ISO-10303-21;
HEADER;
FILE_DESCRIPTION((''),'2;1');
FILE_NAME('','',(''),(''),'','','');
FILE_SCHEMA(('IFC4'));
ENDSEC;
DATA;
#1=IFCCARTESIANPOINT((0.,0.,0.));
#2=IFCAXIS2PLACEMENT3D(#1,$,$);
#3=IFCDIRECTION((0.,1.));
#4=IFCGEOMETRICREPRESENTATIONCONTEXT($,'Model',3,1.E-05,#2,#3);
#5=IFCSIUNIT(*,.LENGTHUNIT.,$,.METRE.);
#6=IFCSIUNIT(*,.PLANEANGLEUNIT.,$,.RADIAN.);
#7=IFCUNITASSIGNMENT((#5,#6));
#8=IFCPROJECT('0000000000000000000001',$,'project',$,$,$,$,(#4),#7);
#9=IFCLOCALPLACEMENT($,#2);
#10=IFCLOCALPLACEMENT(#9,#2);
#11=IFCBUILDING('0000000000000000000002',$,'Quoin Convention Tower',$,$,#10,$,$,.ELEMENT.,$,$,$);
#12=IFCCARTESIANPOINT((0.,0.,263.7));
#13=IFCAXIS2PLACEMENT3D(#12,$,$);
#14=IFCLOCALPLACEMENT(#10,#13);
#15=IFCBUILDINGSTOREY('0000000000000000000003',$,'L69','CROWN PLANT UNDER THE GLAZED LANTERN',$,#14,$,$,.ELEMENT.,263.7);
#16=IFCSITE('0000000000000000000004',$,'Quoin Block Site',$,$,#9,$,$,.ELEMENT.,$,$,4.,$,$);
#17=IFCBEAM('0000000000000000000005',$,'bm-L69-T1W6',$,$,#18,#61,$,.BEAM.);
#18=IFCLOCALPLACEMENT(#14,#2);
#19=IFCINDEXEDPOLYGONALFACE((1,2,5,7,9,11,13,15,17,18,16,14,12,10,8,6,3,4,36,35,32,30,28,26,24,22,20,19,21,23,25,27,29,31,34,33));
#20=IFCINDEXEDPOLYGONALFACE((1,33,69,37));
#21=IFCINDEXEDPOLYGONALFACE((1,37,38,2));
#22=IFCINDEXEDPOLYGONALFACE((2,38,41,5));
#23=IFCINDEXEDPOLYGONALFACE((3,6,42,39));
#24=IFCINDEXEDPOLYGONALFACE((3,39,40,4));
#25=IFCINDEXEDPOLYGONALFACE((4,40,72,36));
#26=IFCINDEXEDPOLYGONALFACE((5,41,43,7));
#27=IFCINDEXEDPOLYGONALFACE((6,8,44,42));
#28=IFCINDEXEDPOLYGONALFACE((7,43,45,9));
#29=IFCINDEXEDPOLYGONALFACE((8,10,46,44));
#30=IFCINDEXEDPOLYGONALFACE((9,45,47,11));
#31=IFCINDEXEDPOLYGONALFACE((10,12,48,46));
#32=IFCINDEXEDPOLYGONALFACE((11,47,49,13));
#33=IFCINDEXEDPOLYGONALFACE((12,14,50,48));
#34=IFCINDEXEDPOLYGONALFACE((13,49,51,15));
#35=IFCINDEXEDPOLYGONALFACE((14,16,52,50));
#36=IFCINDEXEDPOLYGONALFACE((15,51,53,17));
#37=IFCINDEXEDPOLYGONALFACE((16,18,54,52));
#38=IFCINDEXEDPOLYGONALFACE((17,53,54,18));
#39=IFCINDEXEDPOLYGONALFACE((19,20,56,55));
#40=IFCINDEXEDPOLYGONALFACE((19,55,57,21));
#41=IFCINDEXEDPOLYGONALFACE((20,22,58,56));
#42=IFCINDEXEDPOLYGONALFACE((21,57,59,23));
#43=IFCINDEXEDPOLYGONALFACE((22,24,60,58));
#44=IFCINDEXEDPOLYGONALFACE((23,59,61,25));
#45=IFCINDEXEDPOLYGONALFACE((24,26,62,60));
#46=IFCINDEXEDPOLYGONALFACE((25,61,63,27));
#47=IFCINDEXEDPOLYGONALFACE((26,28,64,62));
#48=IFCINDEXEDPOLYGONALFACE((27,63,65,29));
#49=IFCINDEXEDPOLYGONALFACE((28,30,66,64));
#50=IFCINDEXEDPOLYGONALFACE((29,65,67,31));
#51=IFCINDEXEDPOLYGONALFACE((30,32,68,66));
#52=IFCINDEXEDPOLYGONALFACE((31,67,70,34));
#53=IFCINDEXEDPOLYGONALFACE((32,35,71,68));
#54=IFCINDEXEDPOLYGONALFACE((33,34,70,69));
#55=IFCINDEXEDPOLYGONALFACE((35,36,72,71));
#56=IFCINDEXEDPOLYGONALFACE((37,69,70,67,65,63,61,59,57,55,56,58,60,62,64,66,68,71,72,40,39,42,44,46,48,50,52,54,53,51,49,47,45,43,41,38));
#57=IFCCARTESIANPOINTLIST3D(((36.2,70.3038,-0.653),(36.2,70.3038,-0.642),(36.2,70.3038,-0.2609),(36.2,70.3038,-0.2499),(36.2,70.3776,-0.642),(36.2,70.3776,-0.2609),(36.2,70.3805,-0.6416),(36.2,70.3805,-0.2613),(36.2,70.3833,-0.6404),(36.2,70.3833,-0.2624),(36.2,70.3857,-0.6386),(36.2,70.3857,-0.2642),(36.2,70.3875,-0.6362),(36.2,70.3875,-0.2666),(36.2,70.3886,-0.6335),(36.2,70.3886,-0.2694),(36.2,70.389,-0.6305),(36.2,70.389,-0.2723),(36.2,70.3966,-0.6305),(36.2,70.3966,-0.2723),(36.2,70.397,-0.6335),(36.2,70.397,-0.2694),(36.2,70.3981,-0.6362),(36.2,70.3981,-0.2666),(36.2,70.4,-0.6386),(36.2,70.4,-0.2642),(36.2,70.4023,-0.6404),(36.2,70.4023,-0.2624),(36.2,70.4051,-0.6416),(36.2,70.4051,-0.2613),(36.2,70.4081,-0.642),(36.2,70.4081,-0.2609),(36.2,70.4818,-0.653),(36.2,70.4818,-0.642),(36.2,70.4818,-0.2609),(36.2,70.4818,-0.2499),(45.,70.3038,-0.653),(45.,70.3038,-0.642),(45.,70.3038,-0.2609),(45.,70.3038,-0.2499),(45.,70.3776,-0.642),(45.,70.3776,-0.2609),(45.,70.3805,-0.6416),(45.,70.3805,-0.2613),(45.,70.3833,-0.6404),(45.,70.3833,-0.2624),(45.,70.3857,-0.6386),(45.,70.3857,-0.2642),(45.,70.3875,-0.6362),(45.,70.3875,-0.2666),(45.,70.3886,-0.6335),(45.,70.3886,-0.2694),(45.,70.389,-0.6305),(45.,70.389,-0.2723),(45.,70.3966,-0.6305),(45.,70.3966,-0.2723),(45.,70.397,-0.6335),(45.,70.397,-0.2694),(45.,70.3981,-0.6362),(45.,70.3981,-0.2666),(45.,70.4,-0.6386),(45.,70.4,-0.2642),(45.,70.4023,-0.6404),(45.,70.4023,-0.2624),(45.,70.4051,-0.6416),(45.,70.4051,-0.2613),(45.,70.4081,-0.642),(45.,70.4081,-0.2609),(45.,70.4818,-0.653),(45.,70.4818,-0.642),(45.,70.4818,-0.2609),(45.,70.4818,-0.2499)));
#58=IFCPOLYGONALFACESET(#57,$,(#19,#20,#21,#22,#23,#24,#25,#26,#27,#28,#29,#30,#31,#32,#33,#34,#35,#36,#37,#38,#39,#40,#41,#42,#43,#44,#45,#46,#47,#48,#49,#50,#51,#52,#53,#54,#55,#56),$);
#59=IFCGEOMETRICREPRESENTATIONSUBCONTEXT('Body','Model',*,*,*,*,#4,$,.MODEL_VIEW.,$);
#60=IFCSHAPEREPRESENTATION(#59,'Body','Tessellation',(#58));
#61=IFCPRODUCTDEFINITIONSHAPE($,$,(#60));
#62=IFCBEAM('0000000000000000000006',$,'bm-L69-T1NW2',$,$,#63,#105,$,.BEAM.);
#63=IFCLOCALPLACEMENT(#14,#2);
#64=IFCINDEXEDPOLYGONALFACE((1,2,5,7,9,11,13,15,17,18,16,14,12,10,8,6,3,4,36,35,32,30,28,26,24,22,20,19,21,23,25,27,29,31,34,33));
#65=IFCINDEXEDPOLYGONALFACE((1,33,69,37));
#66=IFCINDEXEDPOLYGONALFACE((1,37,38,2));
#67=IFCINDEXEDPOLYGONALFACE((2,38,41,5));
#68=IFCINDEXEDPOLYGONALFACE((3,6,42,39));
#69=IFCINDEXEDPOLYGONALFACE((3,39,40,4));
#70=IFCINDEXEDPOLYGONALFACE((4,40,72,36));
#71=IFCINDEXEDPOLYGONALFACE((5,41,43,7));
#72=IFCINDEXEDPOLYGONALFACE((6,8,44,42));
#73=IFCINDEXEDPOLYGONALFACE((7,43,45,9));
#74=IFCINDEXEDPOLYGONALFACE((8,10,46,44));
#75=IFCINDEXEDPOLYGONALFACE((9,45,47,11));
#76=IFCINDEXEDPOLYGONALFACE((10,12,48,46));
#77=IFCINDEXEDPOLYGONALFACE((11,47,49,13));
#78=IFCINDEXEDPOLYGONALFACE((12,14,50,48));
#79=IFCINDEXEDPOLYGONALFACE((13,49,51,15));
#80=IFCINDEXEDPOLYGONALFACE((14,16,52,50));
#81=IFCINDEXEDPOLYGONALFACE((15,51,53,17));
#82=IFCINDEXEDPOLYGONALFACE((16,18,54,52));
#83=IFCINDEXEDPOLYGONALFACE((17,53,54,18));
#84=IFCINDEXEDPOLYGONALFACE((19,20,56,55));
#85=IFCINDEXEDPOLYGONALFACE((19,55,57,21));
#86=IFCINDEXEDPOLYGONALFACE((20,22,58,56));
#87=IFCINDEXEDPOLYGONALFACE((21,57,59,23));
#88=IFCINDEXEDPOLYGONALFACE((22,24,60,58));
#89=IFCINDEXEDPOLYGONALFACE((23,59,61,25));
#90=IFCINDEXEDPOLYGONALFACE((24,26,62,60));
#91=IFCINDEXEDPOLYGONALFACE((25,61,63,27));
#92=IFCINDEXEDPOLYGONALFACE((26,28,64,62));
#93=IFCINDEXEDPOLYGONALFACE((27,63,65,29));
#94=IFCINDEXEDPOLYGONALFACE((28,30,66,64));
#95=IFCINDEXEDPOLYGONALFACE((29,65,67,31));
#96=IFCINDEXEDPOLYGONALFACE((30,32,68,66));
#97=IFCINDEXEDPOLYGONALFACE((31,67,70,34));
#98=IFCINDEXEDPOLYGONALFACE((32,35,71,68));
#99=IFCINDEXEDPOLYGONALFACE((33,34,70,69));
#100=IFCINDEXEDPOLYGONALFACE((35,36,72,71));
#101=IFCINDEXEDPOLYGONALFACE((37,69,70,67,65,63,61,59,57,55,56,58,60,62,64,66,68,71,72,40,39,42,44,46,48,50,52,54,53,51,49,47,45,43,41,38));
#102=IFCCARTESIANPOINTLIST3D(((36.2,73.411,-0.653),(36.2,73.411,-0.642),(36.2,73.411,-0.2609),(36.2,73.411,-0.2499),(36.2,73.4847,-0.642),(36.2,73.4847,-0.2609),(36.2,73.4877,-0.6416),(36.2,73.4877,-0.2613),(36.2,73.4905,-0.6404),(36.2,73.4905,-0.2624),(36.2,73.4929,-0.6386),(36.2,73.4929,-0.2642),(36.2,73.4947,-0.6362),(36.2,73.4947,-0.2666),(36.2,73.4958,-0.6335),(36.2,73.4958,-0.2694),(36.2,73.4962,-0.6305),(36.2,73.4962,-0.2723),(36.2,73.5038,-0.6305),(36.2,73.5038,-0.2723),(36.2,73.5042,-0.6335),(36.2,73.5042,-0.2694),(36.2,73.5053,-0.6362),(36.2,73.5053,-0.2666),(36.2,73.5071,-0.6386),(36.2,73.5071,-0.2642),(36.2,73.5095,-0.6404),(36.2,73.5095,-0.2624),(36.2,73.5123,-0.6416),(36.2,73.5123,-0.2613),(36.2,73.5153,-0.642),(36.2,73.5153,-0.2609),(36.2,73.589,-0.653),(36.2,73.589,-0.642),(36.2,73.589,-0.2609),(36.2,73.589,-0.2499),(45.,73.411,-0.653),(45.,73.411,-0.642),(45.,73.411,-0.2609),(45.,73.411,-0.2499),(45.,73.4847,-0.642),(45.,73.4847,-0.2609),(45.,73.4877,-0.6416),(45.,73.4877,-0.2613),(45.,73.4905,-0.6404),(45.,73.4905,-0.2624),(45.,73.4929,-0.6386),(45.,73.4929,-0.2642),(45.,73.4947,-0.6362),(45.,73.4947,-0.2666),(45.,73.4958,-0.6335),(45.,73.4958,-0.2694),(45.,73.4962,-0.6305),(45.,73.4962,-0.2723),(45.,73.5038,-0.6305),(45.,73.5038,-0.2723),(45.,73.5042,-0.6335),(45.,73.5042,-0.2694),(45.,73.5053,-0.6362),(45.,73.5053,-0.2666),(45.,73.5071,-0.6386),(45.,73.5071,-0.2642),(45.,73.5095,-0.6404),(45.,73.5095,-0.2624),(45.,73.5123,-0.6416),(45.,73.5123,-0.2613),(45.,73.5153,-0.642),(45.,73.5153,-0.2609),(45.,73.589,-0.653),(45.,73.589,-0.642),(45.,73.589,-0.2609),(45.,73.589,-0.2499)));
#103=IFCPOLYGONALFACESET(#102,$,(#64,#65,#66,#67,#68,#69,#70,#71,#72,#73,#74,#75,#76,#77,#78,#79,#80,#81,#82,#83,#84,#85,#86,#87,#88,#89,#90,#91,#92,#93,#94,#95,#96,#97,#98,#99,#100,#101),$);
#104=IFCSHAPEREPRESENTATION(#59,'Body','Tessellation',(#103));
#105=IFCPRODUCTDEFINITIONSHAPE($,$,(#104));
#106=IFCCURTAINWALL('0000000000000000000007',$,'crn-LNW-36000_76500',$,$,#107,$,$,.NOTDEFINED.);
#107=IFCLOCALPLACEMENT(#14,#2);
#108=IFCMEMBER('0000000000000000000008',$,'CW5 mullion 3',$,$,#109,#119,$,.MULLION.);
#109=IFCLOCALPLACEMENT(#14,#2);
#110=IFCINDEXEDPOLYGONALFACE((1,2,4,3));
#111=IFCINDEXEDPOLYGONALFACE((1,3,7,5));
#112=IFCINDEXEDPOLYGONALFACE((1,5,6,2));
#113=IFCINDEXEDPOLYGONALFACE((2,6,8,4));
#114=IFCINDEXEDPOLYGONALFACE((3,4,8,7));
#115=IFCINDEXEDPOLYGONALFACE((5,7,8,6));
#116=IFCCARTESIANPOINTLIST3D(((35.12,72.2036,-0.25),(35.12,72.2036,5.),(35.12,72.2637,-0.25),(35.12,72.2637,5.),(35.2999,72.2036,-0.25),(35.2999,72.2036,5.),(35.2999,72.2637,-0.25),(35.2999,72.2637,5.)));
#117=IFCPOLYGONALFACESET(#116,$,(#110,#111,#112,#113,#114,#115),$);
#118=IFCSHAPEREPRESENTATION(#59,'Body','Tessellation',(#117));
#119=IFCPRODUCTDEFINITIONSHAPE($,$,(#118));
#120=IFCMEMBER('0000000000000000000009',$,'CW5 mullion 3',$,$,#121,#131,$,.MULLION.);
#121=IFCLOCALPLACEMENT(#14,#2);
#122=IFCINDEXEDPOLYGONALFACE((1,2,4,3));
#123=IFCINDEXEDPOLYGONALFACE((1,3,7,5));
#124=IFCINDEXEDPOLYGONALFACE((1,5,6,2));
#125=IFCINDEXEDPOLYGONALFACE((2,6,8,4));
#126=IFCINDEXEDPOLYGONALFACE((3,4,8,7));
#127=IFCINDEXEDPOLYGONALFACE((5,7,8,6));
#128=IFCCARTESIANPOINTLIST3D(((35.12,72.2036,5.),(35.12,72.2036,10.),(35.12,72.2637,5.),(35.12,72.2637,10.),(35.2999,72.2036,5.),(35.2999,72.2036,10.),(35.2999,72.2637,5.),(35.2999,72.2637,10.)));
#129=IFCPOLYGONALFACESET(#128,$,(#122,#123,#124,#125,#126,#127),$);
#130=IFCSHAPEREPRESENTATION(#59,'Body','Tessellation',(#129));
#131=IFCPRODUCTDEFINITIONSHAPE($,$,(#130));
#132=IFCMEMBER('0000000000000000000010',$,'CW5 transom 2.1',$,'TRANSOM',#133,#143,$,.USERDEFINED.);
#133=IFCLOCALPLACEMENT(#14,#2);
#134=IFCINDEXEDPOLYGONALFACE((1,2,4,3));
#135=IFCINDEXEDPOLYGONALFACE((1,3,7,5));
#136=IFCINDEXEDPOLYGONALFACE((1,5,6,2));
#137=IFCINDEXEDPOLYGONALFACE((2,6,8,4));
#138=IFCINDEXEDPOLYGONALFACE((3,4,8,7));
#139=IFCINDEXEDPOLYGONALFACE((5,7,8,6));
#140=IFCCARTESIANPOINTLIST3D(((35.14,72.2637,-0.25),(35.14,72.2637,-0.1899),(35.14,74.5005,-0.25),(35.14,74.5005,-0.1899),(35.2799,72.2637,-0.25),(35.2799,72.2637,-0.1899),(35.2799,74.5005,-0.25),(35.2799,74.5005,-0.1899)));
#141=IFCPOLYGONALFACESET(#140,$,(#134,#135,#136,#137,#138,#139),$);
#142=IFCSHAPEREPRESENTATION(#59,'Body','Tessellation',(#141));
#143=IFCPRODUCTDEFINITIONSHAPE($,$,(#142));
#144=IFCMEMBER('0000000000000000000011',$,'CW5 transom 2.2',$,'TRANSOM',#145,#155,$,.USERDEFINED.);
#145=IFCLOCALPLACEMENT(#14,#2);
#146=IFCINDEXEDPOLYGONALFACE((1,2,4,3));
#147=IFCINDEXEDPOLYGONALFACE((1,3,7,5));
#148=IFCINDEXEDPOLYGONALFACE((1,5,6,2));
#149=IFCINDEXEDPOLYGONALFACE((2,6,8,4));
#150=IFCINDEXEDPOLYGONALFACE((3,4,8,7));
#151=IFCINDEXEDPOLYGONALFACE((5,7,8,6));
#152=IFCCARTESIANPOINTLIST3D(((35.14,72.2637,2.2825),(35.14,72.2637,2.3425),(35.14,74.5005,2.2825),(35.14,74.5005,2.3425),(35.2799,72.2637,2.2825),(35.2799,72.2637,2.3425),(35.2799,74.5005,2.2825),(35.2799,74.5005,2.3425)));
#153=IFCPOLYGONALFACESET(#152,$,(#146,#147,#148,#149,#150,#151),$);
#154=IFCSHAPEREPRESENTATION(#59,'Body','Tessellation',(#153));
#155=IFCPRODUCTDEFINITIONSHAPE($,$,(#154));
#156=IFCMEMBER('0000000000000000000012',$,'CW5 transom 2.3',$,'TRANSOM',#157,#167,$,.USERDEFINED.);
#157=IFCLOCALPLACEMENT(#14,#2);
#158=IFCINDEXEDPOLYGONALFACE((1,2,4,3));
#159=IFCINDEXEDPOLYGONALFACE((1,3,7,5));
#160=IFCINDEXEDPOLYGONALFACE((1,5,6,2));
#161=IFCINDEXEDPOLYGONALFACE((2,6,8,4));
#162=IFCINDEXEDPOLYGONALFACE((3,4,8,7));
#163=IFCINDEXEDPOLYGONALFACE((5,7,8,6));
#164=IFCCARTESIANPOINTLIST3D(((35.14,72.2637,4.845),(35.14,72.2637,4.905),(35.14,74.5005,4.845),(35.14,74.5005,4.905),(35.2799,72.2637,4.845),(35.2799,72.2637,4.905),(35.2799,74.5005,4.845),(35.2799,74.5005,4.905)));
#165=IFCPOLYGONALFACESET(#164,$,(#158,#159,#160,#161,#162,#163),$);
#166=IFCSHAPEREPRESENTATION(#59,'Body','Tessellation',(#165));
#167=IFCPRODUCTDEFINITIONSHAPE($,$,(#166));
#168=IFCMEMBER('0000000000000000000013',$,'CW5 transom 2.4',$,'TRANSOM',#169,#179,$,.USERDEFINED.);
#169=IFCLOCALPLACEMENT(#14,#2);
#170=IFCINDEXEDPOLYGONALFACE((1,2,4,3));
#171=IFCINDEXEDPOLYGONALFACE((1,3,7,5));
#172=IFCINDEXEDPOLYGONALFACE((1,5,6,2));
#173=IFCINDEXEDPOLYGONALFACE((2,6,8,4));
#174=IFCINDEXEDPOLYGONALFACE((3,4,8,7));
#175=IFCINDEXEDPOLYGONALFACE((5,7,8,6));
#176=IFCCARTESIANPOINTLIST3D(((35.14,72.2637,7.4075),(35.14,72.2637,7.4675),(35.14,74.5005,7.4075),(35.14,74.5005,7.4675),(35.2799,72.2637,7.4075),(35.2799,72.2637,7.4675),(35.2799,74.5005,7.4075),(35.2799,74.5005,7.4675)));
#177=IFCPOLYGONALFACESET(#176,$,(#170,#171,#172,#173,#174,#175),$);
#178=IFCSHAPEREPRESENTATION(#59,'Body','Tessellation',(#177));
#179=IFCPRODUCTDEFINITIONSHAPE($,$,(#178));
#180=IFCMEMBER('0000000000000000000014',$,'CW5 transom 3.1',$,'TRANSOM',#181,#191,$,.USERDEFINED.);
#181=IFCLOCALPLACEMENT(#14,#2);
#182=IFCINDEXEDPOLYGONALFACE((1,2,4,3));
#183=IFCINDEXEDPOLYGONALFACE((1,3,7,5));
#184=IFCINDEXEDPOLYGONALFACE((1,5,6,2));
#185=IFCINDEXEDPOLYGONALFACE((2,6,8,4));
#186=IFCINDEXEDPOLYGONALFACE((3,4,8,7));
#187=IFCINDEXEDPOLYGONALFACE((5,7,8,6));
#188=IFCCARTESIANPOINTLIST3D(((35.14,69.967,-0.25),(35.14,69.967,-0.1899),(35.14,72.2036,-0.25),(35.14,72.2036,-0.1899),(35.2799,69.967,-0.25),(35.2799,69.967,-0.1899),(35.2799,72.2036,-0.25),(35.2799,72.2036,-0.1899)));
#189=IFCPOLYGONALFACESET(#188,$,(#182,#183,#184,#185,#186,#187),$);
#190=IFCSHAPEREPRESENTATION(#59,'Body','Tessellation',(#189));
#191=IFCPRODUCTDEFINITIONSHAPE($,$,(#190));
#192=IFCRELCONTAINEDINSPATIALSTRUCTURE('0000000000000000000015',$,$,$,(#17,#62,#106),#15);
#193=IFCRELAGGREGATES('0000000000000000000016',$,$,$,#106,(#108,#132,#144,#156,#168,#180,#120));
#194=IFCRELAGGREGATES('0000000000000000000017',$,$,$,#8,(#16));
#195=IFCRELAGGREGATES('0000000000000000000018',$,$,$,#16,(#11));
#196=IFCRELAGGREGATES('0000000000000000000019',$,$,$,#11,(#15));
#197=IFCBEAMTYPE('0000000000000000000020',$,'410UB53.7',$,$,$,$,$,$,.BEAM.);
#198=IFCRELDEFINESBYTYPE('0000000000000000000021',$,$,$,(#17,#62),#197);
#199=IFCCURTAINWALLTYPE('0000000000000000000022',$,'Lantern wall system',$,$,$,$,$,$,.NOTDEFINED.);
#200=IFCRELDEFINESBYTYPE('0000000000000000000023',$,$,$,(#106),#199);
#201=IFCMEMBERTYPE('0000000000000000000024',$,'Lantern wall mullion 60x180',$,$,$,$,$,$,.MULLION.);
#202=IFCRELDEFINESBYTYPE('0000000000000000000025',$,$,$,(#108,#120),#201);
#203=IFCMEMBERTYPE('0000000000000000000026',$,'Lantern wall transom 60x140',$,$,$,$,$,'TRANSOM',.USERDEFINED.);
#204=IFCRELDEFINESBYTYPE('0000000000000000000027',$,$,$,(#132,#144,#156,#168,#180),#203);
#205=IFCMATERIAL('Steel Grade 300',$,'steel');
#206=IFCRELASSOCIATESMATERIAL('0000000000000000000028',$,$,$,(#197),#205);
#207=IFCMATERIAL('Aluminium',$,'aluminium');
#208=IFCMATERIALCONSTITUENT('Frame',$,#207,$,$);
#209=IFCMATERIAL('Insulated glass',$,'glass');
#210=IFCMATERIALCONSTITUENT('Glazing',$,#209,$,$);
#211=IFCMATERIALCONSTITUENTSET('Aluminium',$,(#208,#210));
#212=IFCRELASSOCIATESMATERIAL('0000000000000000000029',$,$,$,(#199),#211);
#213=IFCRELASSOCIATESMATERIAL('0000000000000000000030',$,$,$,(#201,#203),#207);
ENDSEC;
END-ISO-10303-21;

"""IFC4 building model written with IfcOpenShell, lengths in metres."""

from ifc_helpers import new_model, si_unit, direction, frame, origin, origin_2d, place, context, subcontext, project, spatial, rectangle, i_section, extrude, material, constituent, constituent_set, material_profile, profile_set, type_object, element, aggregate, save


model = new_model("IFC4")

# Units and contexts
model_context = context("Model", 3, precision=1e-05, world=origin(), true_north=direction((0.0, 1.0)))
body_context = subcontext(model_context, "Body", "Model", "MODEL_VIEW")
ifc_project = project(units=[si_unit("LENGTHUNIT", "METRE"), si_unit("PLANEANGLEUNIT", "RADIAN")], contexts=[model_context])

# Site, building, storey
site_placement = place(None, origin())
site = spatial("IfcSite", under=ifc_project, at=site_placement, Name="Quoin Block Site", CompositionType="ELEMENT", RefElevation=4.0)
building_placement = place(site_placement, origin())
building = spatial("IfcBuilding", under=site, at=building_placement, Name="Quoin Convention Tower", CompositionType="ELEMENT")
storey_placement = place(building_placement, frame((0.0, 0.0, 263.7)))
storey = spatial("IfcBuildingStorey", under=building, at=storey_placement, Name="L69", Description="CROWN PLANT UNDER THE GLAZED LANTERN", CompositionType="ELEMENT", Elevation=263.7)

# Beams
ifc_material_1 = material(Name="Steel Grade 300", Category="steel")
ifc_material_profile_1 = material_profile(ifc_material_1, i_section(OverallWidth=0.178, OverallDepth=0.4031, WebThickness=0.0076, FlangeThickness=0.011, FilletRadius=0.0115, at=origin_2d()), Name="410UB53.7")
ifc_profile_set_1 = profile_set([ifc_material_profile_1], Name="Steel Grade 300")
beam_type_1 = type_object("IfcBeamType", Name="410UB53.7", PredefinedType="BEAM", material=ifc_profile_set_1)
for number, where, z_axis, x_axis, name in (
    (1, (36.2, 70.3928, -0.4514), (1.0, 0.0, 0.0), (0.0, 1.0, 0.0), "bm-L69-T1W6"),
    (2, (36.2, 73.5, -0.4514), (1.0, 0.0, 0.0), (0.0, 1.0, 0.0), "bm-L69-T1NW2"),
):
    element("IfcBeam", number, at=place(storey_placement, frame(where, z_axis=z_axis, x_axis=x_axis)), inside=storey, type_object=beam_type_1, Name=name, PredefinedType="BEAM", context=body_context, shape_type="SweptSolid", body=[
        extrude(i_section(OverallWidth=0.178, OverallDepth=0.4031, WebThickness=0.0076, FlangeThickness=0.011, FilletRadius=0.0115, at=origin_2d()), origin(), (0.0, 0.0, 1.0), 8.8),
    ])

# Curtain wall, members
ifc_material_2 = material(Name="Aluminium", Category="aluminium")
ifc_constituent_1 = constituent(ifc_material_2, Name="Frame")
ifc_material_3 = material(Name="Insulated glass", Category="glass")
ifc_constituent_2 = constituent(ifc_material_3, Name="Glazing")
ifc_constituent_set = constituent_set(constituents=[ifc_constituent_1, ifc_constituent_2], Name="Aluminium")
curtain_wall_type = type_object("IfcCurtainWallType", Name="Lantern wall system", PredefinedType="NOTDEFINED", material=ifc_constituent_set)
curtain_wall_placement = place(storey_placement, origin())
curtain_wall = element("IfcCurtainWall", 3, at=curtain_wall_placement, inside=storey, type_object=curtain_wall_type, Name="crn-LNW-36000_76500", PredefinedType="NOTDEFINED")
ifc_material_profile_2 = material_profile(ifc_material_2, rectangle(XDim=0.1799, YDim=0.0601, at=origin_2d()), Name="Lantern wall mullion 60x180")
ifc_profile_set_2 = profile_set([ifc_material_profile_2], Name="Aluminium")
member_type_1 = type_object("IfcMemberType", Name="Lantern wall mullion 60x180", PredefinedType="MULLION", material=ifc_profile_set_2)
member_1_placement = place(storey_placement, frame((35.21, 72.2336, -0.25), z_axis=(0.0, 0.0, 1.0), x_axis=(1.0, 0.0, 0.0)))
member_1 = element("IfcMember", 4, at=member_1_placement, type_object=member_type_1, Name="CW5 mullion 3", PredefinedType="MULLION", context=body_context, shape_type="SweptSolid", body=[
    extrude(rectangle(XDim=0.1799, YDim=0.0601, at=origin_2d()), origin(), (0.0, 0.0, 1.0), 5.25),
])
member_2_placement = place(storey_placement, frame((35.21, 72.2336, 5.0), z_axis=(0.0, 0.0, 1.0), x_axis=(1.0, 0.0, 0.0)))
member_2 = element("IfcMember", 5, at=member_2_placement, type_object=member_type_1, Name="CW5 mullion 3", PredefinedType="MULLION", context=body_context, shape_type="SweptSolid", body=[
    extrude(rectangle(XDim=0.1799, YDim=0.0601, at=origin_2d()), origin(), (0.0, 0.0, 1.0), 5.0),
])
ifc_material_profile_3 = material_profile(ifc_material_2, rectangle(XDim=0.1399, YDim=0.0601, at=origin_2d()), Name="Lantern wall transom 60x140")
ifc_profile_set_3 = profile_set([ifc_material_profile_3], Name="Aluminium")
member_type_2 = type_object("IfcMemberType", Name="Lantern wall transom 60x140", ElementType="TRANSOM", PredefinedType="USERDEFINED", material=ifc_profile_set_3)
member_3_placement = place(storey_placement, frame((35.21, 74.5005, -0.22), z_axis=(0.0, -1.0, 0.0), x_axis=(1.0, 0.0, 0.0)))
member_3 = element("IfcMember", 6, at=member_3_placement, type_object=member_type_2, Name="CW5 transom 2.1", ObjectType="TRANSOM", PredefinedType="USERDEFINED", context=body_context, shape_type="SweptSolid", body=[
    extrude(rectangle(XDim=0.1399, YDim=0.0601, at=origin_2d()), origin(), (0.0, 0.0, 1.0), 2.2368),
])
member_4_placement = place(storey_placement, frame((35.21, 74.5005, 2.3125), z_axis=(0.0, -1.0, 0.0), x_axis=(1.0, 0.0, 0.0)))
member_4 = element("IfcMember", 7, at=member_4_placement, type_object=member_type_2, Name="CW5 transom 2.2", ObjectType="TRANSOM", PredefinedType="USERDEFINED", context=body_context, shape_type="SweptSolid", body=[
    extrude(rectangle(XDim=0.1399, YDim=0.0601, at=origin_2d()), origin(), (0.0, 0.0, 1.0), 2.2368),
])
member_5_placement = place(storey_placement, frame((35.21, 74.5005, 4.875), z_axis=(0.0, -1.0, 0.0), x_axis=(1.0, 0.0, 0.0)))
member_5 = element("IfcMember", 8, at=member_5_placement, type_object=member_type_2, Name="CW5 transom 2.3", ObjectType="TRANSOM", PredefinedType="USERDEFINED", context=body_context, shape_type="SweptSolid", body=[
    extrude(rectangle(XDim=0.1399, YDim=0.0601, at=origin_2d()), origin(), (0.0, 0.0, 1.0), 2.2368),
])
member_6_placement = place(storey_placement, frame((35.21, 74.5005, 7.4375), z_axis=(0.0, -1.0, 0.0), x_axis=(1.0, 0.0, 0.0)))
member_6 = element("IfcMember", 9, at=member_6_placement, type_object=member_type_2, Name="CW5 transom 2.4", ObjectType="TRANSOM", PredefinedType="USERDEFINED", context=body_context, shape_type="SweptSolid", body=[
    extrude(rectangle(XDim=0.1399, YDim=0.0601, at=origin_2d()), origin(), (0.0, 0.0, 1.0), 2.2368),
])
member_7_placement = place(storey_placement, frame((35.21, 72.2036, -0.22), z_axis=(0.0, -1.0, 0.0), x_axis=(1.0, 0.0, 0.0)))
member_7 = element("IfcMember", 10, at=member_7_placement, type_object=member_type_2, Name="CW5 transom 3.1", ObjectType="TRANSOM", PredefinedType="USERDEFINED", context=body_context, shape_type="SweptSolid", body=[
    extrude(rectangle(XDim=0.1399, YDim=0.0601, at=origin_2d()), origin(), (0.0, 0.0, 1.0), 2.2366),
])

aggregate(curtain_wall, [member_1, member_3, member_4, member_5, member_6, member_7, member_2])

save(model, "model.ifc")
